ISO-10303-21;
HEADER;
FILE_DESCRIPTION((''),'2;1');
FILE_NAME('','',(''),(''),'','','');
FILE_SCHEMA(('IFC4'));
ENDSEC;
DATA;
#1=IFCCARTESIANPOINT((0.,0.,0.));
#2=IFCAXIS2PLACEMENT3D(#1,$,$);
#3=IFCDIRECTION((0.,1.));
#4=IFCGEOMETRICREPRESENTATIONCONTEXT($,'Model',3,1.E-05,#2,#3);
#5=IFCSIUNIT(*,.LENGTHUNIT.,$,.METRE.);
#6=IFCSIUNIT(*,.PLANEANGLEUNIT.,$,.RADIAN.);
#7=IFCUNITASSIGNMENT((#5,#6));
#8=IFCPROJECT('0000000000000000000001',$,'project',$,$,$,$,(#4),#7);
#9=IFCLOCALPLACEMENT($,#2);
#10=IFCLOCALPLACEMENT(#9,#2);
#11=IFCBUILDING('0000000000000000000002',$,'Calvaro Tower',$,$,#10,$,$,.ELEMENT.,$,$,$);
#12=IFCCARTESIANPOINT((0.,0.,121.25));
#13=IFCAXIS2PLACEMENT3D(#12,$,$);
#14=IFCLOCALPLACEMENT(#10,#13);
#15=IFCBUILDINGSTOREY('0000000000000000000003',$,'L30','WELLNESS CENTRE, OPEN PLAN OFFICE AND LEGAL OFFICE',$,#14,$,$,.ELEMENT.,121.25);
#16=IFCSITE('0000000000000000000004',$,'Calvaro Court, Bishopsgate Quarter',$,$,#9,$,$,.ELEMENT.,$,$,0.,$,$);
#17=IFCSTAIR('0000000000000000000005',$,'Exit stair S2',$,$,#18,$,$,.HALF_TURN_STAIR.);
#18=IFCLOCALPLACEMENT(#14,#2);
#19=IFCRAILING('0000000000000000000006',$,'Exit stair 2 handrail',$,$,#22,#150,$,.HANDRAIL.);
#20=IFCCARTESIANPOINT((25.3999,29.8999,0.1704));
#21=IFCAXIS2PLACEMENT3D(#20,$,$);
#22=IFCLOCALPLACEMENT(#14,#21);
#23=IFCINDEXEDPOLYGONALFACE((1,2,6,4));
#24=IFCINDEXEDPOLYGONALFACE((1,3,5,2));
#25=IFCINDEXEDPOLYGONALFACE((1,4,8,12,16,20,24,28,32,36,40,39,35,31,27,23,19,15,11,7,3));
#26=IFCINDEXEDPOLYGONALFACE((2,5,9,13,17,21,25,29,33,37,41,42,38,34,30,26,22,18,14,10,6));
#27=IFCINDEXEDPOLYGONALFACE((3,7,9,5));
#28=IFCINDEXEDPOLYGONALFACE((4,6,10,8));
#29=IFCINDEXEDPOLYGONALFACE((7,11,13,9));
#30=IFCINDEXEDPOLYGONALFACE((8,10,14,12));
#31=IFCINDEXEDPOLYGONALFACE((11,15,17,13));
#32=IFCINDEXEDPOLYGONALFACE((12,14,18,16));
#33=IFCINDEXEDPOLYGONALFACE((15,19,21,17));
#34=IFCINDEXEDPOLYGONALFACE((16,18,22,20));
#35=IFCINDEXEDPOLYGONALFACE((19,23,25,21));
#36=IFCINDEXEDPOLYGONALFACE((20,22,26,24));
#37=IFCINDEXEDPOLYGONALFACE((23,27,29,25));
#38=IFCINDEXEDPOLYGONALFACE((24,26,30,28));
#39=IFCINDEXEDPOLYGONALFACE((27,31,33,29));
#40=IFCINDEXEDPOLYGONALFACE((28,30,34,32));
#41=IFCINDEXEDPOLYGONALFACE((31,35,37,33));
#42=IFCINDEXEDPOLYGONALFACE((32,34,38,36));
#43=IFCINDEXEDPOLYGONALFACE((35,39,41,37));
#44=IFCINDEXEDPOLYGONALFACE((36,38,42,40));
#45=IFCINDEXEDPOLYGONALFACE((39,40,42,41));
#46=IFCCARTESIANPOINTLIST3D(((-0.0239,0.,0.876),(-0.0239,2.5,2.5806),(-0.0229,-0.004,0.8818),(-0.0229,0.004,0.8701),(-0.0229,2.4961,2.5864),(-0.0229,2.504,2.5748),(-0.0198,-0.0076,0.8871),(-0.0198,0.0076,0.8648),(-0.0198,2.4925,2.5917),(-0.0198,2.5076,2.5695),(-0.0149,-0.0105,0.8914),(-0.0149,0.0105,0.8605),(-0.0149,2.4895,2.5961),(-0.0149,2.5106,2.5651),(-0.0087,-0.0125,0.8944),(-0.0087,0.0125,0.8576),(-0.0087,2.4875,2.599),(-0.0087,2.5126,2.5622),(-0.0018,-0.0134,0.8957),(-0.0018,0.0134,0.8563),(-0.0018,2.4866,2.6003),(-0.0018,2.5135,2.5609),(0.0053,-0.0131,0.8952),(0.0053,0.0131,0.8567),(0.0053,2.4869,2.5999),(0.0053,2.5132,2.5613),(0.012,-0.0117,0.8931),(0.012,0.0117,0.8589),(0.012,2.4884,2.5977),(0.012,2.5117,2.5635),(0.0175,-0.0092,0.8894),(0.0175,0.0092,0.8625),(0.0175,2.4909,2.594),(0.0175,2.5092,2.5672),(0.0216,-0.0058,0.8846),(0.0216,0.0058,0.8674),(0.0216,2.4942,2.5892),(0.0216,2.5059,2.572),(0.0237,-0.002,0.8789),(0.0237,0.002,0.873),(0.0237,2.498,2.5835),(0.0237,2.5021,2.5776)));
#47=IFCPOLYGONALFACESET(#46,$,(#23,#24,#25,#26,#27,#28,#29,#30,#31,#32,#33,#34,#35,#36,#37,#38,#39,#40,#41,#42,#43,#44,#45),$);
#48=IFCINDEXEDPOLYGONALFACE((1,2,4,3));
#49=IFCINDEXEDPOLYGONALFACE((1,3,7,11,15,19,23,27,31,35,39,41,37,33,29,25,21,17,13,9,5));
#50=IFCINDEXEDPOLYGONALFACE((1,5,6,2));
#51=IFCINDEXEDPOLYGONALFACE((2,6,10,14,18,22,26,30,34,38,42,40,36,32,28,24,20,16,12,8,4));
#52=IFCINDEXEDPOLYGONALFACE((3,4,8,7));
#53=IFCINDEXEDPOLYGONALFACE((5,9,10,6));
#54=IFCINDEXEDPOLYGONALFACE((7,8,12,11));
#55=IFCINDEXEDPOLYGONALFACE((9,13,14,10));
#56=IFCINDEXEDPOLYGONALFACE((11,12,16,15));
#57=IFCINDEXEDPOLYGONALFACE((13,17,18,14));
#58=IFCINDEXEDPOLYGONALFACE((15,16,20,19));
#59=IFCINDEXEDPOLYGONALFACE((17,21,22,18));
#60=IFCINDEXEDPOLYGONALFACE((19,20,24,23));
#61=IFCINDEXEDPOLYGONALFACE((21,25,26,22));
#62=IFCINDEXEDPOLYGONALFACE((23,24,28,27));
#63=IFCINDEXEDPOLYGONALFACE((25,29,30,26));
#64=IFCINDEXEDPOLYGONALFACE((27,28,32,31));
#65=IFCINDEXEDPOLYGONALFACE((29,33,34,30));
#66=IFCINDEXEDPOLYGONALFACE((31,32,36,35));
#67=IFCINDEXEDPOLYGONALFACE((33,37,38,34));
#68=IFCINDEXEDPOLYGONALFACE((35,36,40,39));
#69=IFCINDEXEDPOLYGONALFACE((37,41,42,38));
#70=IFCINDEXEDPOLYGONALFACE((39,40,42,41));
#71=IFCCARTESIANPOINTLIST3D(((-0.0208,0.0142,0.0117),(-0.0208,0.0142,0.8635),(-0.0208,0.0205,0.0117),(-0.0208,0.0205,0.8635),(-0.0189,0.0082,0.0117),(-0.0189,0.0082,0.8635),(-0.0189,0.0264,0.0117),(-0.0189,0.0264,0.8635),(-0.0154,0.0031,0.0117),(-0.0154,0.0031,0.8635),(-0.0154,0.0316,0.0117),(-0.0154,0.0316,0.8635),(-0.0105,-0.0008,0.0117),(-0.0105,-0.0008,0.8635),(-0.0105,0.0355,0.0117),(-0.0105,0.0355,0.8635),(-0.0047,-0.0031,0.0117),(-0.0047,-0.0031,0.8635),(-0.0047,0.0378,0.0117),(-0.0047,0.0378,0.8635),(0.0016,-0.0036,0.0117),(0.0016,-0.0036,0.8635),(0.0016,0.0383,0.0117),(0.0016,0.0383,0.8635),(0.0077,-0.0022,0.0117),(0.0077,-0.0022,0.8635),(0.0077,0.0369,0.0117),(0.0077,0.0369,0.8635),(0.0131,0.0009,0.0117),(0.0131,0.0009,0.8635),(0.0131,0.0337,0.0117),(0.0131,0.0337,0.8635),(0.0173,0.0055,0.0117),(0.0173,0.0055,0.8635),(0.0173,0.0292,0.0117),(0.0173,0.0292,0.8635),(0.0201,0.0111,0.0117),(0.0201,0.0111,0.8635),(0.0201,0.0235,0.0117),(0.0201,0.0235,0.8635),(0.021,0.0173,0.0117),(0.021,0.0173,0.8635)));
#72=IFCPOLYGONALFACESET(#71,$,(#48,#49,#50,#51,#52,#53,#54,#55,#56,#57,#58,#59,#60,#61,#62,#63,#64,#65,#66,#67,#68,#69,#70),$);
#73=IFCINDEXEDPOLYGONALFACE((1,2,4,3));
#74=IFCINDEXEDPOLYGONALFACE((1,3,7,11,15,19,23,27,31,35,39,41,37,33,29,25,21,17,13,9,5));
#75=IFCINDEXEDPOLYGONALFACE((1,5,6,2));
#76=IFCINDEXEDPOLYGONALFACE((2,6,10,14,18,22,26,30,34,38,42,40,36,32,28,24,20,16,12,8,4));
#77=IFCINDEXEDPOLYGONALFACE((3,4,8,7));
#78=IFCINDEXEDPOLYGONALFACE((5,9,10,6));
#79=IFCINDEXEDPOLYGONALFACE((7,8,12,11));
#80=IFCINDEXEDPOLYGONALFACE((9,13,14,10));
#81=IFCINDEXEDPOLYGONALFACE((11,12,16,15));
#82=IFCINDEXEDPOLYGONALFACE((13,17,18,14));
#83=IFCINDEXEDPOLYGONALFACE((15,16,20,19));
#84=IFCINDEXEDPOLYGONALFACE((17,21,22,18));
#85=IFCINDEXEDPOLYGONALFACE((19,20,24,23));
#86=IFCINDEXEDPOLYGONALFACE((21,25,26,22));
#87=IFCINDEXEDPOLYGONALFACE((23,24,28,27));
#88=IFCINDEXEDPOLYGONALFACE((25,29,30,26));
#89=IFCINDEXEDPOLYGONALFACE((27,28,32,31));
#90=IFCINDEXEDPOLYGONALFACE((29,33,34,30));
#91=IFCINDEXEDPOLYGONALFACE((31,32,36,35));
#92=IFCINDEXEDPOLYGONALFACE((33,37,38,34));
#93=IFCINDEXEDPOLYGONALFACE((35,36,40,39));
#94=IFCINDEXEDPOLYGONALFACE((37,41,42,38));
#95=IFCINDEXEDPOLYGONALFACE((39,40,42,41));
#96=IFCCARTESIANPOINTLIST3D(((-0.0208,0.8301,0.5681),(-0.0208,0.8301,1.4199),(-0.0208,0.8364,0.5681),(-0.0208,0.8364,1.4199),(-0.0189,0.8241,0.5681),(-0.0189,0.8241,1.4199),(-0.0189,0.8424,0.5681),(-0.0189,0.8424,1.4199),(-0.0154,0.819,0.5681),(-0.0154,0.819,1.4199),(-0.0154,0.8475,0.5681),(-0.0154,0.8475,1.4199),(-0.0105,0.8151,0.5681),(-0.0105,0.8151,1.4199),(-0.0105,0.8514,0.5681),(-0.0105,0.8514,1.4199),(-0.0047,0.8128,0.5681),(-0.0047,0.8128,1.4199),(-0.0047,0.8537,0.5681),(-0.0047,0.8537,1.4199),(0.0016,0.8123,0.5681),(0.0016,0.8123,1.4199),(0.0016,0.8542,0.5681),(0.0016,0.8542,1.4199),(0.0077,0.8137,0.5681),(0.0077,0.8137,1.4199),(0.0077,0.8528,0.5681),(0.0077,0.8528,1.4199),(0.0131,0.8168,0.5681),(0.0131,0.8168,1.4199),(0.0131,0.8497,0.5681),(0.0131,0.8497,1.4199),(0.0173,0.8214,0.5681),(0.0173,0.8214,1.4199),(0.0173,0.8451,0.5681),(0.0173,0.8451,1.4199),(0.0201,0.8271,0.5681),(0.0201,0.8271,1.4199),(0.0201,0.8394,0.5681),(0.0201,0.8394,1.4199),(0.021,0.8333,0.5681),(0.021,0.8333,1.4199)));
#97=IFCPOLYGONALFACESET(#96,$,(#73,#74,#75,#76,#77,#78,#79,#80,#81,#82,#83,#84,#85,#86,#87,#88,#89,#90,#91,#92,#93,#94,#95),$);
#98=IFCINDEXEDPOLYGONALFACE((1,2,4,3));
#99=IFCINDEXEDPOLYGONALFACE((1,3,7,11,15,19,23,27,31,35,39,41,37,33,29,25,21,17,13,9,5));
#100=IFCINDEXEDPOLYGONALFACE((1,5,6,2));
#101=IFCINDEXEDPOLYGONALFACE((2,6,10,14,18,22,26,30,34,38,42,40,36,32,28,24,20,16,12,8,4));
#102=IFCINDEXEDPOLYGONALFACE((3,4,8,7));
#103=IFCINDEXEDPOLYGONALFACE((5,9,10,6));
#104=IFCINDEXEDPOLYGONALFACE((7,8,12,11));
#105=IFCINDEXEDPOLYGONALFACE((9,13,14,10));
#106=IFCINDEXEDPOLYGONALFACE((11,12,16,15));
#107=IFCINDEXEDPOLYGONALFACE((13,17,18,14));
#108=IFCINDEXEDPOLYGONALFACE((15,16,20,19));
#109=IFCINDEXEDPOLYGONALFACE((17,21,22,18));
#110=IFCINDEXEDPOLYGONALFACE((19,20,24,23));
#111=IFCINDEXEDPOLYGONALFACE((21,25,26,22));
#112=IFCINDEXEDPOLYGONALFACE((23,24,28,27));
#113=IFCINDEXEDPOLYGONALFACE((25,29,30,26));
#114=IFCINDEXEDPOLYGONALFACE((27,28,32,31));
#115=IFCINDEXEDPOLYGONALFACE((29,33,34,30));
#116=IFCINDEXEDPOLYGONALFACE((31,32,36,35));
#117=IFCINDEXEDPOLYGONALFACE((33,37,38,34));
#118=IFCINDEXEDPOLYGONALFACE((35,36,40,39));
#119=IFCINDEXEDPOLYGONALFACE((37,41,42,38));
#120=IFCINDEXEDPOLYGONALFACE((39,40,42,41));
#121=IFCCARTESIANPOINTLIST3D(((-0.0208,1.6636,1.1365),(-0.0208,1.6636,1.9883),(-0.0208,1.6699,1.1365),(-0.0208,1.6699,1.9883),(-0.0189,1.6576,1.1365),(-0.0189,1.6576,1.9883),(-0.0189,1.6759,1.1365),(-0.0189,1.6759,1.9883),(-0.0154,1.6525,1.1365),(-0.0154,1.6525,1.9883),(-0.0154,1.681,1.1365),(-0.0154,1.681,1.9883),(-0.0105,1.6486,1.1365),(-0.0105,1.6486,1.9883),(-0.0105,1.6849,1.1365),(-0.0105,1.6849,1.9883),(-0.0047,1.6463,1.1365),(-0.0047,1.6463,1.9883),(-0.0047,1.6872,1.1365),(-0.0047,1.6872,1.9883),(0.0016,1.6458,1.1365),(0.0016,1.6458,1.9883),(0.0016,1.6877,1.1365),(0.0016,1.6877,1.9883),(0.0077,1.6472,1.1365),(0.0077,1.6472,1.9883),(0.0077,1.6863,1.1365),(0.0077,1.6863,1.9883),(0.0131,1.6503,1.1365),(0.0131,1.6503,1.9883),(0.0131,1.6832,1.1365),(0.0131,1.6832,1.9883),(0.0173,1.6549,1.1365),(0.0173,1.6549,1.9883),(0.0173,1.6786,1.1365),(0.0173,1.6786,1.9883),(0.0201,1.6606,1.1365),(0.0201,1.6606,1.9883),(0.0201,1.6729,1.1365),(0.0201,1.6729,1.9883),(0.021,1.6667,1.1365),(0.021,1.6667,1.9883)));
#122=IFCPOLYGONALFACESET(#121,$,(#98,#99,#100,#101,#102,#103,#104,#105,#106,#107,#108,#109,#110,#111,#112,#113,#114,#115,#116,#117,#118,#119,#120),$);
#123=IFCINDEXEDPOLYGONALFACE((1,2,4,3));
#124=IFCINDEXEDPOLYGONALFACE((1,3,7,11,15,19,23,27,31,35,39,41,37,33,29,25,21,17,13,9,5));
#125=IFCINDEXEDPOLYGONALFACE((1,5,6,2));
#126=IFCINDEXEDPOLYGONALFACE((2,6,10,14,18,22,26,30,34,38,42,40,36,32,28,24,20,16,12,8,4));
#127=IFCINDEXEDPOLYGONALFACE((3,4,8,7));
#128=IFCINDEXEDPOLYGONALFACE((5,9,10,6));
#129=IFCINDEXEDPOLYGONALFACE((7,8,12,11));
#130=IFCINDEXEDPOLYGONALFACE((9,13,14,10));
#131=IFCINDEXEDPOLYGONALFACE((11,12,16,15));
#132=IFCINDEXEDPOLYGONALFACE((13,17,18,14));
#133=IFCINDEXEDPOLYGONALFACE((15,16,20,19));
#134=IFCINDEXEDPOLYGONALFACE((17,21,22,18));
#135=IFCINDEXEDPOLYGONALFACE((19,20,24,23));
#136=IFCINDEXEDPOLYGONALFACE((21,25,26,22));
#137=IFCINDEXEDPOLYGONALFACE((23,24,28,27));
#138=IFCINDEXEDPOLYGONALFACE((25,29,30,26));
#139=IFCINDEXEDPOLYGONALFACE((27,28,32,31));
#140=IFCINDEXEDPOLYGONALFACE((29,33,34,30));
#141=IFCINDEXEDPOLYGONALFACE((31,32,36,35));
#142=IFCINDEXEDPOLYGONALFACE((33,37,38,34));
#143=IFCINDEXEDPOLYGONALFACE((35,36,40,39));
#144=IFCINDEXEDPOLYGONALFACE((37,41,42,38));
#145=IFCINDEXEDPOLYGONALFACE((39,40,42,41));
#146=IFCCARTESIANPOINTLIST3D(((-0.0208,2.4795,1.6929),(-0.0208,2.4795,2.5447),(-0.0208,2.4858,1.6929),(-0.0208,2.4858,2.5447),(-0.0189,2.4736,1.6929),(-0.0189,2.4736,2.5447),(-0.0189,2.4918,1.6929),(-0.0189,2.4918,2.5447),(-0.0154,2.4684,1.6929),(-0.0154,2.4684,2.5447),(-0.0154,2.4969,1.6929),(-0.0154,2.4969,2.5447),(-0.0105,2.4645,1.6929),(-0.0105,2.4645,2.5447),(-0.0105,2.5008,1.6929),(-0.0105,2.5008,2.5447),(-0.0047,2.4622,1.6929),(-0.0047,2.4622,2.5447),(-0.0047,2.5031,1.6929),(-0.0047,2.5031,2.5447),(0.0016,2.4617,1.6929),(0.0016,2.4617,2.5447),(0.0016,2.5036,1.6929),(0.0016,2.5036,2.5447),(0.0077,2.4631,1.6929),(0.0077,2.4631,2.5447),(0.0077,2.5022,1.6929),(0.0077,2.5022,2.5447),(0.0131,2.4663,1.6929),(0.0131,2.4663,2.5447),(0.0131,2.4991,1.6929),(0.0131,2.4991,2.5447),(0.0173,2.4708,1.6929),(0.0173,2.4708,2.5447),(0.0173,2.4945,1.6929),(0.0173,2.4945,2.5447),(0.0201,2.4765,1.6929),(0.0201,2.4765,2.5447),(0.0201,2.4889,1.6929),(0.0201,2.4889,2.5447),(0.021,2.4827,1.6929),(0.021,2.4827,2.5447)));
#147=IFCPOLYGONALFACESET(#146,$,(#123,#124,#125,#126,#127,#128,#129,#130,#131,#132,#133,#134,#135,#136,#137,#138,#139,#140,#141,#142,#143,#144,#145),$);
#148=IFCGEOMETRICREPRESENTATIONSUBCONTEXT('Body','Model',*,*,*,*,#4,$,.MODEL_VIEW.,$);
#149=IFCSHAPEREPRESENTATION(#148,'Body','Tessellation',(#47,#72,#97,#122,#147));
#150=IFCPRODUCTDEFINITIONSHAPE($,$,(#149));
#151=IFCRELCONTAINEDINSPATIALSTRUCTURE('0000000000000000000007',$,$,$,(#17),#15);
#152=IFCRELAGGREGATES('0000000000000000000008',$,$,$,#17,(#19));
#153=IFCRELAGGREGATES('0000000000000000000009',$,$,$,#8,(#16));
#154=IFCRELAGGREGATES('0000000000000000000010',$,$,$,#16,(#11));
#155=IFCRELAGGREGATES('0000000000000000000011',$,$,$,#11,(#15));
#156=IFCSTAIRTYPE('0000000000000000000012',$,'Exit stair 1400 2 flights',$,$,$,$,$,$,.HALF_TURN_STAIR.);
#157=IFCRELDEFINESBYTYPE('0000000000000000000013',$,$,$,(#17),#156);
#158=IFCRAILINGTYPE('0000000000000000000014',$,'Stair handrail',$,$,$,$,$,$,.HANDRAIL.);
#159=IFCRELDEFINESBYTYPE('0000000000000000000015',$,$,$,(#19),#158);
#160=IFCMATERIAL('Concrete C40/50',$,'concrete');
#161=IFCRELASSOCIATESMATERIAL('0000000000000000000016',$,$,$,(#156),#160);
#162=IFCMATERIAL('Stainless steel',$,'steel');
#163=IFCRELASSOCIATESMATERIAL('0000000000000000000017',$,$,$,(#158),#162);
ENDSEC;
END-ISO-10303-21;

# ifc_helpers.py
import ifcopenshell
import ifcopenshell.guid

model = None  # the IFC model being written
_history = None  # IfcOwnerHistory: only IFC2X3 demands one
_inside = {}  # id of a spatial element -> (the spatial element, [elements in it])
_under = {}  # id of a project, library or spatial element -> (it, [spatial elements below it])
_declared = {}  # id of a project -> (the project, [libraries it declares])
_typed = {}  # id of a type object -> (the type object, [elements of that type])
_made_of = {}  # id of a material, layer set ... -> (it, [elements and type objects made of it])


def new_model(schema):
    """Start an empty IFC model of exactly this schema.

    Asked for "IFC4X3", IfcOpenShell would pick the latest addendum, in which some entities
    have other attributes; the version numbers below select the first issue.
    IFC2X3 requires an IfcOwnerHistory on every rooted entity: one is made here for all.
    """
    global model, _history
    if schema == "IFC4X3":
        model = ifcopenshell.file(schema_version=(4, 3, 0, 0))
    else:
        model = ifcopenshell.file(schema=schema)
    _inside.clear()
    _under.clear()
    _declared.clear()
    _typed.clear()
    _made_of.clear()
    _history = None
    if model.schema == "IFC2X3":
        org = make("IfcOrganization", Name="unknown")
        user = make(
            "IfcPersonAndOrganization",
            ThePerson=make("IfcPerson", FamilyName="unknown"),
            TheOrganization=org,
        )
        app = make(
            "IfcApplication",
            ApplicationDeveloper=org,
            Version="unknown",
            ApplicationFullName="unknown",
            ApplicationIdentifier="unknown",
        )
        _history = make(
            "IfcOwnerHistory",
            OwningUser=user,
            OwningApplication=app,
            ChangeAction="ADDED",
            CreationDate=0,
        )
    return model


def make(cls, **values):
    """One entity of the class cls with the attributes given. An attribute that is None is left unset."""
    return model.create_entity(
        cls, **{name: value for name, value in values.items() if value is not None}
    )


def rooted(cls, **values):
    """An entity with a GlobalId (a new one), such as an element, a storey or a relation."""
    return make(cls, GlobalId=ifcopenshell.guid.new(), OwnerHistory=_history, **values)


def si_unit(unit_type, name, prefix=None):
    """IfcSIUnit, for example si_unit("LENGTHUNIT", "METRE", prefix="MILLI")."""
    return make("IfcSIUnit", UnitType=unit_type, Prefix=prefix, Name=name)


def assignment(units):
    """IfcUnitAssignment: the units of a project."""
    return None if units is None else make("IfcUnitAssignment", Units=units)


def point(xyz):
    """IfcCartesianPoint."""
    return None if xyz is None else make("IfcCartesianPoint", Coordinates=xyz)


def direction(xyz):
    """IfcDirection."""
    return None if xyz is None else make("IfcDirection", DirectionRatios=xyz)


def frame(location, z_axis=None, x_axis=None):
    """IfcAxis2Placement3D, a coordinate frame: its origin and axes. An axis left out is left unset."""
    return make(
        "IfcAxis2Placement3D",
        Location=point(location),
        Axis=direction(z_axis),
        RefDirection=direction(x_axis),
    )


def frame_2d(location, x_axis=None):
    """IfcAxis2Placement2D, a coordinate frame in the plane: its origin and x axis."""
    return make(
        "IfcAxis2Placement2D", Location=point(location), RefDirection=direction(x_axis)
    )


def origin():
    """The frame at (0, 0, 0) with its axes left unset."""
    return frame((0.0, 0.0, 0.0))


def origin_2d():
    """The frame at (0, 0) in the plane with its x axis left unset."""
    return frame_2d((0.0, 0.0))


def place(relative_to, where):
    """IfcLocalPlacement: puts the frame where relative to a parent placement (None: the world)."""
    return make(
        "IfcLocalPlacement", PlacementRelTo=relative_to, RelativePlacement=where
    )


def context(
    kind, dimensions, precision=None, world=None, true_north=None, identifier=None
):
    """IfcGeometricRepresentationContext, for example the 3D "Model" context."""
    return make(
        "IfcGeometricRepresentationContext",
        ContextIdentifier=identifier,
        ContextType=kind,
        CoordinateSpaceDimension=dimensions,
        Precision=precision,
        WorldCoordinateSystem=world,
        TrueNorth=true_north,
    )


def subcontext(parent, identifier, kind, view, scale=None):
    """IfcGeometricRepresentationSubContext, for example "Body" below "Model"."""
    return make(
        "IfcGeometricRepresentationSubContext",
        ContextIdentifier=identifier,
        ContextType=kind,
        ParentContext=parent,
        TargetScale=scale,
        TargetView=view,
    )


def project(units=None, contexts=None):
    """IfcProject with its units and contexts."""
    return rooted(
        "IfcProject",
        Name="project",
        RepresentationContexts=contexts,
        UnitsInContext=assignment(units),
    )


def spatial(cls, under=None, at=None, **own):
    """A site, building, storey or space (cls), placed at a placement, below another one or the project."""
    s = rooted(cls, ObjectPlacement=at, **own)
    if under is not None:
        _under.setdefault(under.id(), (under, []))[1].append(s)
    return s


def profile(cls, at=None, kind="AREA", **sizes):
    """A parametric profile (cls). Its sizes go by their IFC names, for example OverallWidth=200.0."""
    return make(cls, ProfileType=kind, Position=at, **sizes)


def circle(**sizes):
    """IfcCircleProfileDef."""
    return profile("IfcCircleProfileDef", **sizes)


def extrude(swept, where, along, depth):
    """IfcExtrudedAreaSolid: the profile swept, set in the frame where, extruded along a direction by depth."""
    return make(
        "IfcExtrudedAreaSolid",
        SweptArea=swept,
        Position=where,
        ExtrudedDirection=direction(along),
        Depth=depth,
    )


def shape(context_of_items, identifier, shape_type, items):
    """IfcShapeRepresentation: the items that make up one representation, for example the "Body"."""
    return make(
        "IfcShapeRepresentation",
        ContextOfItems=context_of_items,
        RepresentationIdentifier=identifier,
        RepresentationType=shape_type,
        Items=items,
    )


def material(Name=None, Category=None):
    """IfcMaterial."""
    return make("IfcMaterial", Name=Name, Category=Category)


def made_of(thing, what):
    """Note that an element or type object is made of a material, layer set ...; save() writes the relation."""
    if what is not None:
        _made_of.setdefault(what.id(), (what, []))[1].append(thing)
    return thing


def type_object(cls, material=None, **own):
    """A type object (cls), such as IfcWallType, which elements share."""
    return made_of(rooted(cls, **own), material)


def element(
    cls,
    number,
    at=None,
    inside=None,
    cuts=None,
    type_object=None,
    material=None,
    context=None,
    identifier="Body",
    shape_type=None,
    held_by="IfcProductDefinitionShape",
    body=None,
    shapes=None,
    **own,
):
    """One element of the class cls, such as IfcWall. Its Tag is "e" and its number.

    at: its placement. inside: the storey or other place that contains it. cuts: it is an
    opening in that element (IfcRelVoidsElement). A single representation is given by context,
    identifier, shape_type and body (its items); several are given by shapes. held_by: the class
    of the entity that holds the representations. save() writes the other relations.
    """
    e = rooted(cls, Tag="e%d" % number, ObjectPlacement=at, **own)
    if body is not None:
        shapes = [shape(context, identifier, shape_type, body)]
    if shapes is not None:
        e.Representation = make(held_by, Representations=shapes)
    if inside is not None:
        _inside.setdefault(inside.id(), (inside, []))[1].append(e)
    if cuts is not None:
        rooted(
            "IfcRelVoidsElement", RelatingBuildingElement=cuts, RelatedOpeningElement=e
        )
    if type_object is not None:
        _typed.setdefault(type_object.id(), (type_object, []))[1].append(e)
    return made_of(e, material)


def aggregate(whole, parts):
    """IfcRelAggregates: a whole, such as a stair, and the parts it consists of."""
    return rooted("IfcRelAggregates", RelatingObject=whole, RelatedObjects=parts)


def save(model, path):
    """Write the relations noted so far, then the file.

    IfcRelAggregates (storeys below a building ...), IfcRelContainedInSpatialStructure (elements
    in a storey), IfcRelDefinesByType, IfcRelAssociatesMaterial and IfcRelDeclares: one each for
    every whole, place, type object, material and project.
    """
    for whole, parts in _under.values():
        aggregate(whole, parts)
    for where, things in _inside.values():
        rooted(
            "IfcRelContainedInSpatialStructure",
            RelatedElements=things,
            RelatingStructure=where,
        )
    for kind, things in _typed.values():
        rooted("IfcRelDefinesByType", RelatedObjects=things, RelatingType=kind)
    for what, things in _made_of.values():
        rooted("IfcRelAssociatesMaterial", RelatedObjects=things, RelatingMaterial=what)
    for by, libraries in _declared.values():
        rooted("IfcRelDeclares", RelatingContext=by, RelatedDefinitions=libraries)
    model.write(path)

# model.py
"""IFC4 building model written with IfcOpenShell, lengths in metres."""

from ifc_helpers import new_model, si_unit, direction, frame, origin, origin_2d, place, context, subcontext, project, spatial, circle, extrude, material, type_object, element, aggregate, save


model = new_model("IFC4")

# Units and contexts
model_context = context("Model", 3, precision=1e-05, world=origin(), true_north=direction((0.0, 1.0)))
body_context = subcontext(model_context, "Body", "Model", "MODEL_VIEW")
ifc_project = project(units=[si_unit("LENGTHUNIT", "METRE"), si_unit("PLANEANGLEUNIT", "RADIAN")], contexts=[model_context])

# Site, building, storey
site_placement = place(None, origin())
site = spatial("IfcSite", under=ifc_project, at=site_placement, Name="Calvaro Court, Bishopsgate Quarter", CompositionType="ELEMENT", RefElevation=0.0)
building_placement = place(site_placement, origin())
building = spatial("IfcBuilding", under=site, at=building_placement, Name="Calvaro Tower", CompositionType="ELEMENT")
storey_placement = place(building_placement, frame((0.0, 0.0, 121.25)))
storey = spatial("IfcBuildingStorey", under=building, at=storey_placement, Name="L30", Description="WELLNESS CENTRE, OPEN PLAN OFFICE AND LEGAL OFFICE", CompositionType="ELEMENT", Elevation=121.25)

# Stair, railing
ifc_material_1 = material(Name="Concrete C40/50", Category="concrete")
stair_type = type_object("IfcStairType", Name="Exit stair 1400 2 flights", PredefinedType="HALF_TURN_STAIR", material=ifc_material_1)
stair_placement = place(storey_placement, origin())
stair = element("IfcStair", 1, at=stair_placement, inside=storey, type_object=stair_type, Name="Exit stair S2", PredefinedType="HALF_TURN_STAIR")
ifc_material_2 = material(Name="Stainless steel", Category="steel")
railing_type = type_object("IfcRailingType", Name="Stair handrail", PredefinedType="HANDRAIL", material=ifc_material_2)
railing_1_placement = place(storey_placement, frame((25.3999, 29.8999, 0.1704)))
railing_1 = element("IfcRailing", 2, at=railing_1_placement, type_object=railing_type, Name="Exit stair 2 handrail", PredefinedType="HANDRAIL", context=body_context, shape_type="SweptSolid", body=[
    extrude(circle(Radius=0.0239, at=origin_2d()), frame((0.0, 0.0, 0.876), z_axis=(0.0, 0.826221, 0.563347), x_axis=(-1.0, 0.0, 0.0)), (0.0, 0.0, 1.0), 3.0259),
    extrude(circle(Radius=0.021, at=origin_2d()), frame((0.0, 0.0173, 0.0117)), (0.0, 0.0, 1.0), 0.8518),
    extrude(circle(Radius=0.021, at=origin_2d()), frame((0.0, 0.8333, 0.5681)), (0.0, 0.0, 1.0), 0.8518),
    extrude(circle(Radius=0.021, at=origin_2d()), frame((0.0, 1.6667, 1.1365)), (0.0, 0.0, 1.0), 0.8518),
    extrude(circle(Radius=0.021, at=origin_2d()), frame((0.0, 2.4827, 1.6929)), (0.0, 0.0, 1.0), 0.8518),
])
aggregate(stair, [railing_1])

save(model, "model.ifc")
